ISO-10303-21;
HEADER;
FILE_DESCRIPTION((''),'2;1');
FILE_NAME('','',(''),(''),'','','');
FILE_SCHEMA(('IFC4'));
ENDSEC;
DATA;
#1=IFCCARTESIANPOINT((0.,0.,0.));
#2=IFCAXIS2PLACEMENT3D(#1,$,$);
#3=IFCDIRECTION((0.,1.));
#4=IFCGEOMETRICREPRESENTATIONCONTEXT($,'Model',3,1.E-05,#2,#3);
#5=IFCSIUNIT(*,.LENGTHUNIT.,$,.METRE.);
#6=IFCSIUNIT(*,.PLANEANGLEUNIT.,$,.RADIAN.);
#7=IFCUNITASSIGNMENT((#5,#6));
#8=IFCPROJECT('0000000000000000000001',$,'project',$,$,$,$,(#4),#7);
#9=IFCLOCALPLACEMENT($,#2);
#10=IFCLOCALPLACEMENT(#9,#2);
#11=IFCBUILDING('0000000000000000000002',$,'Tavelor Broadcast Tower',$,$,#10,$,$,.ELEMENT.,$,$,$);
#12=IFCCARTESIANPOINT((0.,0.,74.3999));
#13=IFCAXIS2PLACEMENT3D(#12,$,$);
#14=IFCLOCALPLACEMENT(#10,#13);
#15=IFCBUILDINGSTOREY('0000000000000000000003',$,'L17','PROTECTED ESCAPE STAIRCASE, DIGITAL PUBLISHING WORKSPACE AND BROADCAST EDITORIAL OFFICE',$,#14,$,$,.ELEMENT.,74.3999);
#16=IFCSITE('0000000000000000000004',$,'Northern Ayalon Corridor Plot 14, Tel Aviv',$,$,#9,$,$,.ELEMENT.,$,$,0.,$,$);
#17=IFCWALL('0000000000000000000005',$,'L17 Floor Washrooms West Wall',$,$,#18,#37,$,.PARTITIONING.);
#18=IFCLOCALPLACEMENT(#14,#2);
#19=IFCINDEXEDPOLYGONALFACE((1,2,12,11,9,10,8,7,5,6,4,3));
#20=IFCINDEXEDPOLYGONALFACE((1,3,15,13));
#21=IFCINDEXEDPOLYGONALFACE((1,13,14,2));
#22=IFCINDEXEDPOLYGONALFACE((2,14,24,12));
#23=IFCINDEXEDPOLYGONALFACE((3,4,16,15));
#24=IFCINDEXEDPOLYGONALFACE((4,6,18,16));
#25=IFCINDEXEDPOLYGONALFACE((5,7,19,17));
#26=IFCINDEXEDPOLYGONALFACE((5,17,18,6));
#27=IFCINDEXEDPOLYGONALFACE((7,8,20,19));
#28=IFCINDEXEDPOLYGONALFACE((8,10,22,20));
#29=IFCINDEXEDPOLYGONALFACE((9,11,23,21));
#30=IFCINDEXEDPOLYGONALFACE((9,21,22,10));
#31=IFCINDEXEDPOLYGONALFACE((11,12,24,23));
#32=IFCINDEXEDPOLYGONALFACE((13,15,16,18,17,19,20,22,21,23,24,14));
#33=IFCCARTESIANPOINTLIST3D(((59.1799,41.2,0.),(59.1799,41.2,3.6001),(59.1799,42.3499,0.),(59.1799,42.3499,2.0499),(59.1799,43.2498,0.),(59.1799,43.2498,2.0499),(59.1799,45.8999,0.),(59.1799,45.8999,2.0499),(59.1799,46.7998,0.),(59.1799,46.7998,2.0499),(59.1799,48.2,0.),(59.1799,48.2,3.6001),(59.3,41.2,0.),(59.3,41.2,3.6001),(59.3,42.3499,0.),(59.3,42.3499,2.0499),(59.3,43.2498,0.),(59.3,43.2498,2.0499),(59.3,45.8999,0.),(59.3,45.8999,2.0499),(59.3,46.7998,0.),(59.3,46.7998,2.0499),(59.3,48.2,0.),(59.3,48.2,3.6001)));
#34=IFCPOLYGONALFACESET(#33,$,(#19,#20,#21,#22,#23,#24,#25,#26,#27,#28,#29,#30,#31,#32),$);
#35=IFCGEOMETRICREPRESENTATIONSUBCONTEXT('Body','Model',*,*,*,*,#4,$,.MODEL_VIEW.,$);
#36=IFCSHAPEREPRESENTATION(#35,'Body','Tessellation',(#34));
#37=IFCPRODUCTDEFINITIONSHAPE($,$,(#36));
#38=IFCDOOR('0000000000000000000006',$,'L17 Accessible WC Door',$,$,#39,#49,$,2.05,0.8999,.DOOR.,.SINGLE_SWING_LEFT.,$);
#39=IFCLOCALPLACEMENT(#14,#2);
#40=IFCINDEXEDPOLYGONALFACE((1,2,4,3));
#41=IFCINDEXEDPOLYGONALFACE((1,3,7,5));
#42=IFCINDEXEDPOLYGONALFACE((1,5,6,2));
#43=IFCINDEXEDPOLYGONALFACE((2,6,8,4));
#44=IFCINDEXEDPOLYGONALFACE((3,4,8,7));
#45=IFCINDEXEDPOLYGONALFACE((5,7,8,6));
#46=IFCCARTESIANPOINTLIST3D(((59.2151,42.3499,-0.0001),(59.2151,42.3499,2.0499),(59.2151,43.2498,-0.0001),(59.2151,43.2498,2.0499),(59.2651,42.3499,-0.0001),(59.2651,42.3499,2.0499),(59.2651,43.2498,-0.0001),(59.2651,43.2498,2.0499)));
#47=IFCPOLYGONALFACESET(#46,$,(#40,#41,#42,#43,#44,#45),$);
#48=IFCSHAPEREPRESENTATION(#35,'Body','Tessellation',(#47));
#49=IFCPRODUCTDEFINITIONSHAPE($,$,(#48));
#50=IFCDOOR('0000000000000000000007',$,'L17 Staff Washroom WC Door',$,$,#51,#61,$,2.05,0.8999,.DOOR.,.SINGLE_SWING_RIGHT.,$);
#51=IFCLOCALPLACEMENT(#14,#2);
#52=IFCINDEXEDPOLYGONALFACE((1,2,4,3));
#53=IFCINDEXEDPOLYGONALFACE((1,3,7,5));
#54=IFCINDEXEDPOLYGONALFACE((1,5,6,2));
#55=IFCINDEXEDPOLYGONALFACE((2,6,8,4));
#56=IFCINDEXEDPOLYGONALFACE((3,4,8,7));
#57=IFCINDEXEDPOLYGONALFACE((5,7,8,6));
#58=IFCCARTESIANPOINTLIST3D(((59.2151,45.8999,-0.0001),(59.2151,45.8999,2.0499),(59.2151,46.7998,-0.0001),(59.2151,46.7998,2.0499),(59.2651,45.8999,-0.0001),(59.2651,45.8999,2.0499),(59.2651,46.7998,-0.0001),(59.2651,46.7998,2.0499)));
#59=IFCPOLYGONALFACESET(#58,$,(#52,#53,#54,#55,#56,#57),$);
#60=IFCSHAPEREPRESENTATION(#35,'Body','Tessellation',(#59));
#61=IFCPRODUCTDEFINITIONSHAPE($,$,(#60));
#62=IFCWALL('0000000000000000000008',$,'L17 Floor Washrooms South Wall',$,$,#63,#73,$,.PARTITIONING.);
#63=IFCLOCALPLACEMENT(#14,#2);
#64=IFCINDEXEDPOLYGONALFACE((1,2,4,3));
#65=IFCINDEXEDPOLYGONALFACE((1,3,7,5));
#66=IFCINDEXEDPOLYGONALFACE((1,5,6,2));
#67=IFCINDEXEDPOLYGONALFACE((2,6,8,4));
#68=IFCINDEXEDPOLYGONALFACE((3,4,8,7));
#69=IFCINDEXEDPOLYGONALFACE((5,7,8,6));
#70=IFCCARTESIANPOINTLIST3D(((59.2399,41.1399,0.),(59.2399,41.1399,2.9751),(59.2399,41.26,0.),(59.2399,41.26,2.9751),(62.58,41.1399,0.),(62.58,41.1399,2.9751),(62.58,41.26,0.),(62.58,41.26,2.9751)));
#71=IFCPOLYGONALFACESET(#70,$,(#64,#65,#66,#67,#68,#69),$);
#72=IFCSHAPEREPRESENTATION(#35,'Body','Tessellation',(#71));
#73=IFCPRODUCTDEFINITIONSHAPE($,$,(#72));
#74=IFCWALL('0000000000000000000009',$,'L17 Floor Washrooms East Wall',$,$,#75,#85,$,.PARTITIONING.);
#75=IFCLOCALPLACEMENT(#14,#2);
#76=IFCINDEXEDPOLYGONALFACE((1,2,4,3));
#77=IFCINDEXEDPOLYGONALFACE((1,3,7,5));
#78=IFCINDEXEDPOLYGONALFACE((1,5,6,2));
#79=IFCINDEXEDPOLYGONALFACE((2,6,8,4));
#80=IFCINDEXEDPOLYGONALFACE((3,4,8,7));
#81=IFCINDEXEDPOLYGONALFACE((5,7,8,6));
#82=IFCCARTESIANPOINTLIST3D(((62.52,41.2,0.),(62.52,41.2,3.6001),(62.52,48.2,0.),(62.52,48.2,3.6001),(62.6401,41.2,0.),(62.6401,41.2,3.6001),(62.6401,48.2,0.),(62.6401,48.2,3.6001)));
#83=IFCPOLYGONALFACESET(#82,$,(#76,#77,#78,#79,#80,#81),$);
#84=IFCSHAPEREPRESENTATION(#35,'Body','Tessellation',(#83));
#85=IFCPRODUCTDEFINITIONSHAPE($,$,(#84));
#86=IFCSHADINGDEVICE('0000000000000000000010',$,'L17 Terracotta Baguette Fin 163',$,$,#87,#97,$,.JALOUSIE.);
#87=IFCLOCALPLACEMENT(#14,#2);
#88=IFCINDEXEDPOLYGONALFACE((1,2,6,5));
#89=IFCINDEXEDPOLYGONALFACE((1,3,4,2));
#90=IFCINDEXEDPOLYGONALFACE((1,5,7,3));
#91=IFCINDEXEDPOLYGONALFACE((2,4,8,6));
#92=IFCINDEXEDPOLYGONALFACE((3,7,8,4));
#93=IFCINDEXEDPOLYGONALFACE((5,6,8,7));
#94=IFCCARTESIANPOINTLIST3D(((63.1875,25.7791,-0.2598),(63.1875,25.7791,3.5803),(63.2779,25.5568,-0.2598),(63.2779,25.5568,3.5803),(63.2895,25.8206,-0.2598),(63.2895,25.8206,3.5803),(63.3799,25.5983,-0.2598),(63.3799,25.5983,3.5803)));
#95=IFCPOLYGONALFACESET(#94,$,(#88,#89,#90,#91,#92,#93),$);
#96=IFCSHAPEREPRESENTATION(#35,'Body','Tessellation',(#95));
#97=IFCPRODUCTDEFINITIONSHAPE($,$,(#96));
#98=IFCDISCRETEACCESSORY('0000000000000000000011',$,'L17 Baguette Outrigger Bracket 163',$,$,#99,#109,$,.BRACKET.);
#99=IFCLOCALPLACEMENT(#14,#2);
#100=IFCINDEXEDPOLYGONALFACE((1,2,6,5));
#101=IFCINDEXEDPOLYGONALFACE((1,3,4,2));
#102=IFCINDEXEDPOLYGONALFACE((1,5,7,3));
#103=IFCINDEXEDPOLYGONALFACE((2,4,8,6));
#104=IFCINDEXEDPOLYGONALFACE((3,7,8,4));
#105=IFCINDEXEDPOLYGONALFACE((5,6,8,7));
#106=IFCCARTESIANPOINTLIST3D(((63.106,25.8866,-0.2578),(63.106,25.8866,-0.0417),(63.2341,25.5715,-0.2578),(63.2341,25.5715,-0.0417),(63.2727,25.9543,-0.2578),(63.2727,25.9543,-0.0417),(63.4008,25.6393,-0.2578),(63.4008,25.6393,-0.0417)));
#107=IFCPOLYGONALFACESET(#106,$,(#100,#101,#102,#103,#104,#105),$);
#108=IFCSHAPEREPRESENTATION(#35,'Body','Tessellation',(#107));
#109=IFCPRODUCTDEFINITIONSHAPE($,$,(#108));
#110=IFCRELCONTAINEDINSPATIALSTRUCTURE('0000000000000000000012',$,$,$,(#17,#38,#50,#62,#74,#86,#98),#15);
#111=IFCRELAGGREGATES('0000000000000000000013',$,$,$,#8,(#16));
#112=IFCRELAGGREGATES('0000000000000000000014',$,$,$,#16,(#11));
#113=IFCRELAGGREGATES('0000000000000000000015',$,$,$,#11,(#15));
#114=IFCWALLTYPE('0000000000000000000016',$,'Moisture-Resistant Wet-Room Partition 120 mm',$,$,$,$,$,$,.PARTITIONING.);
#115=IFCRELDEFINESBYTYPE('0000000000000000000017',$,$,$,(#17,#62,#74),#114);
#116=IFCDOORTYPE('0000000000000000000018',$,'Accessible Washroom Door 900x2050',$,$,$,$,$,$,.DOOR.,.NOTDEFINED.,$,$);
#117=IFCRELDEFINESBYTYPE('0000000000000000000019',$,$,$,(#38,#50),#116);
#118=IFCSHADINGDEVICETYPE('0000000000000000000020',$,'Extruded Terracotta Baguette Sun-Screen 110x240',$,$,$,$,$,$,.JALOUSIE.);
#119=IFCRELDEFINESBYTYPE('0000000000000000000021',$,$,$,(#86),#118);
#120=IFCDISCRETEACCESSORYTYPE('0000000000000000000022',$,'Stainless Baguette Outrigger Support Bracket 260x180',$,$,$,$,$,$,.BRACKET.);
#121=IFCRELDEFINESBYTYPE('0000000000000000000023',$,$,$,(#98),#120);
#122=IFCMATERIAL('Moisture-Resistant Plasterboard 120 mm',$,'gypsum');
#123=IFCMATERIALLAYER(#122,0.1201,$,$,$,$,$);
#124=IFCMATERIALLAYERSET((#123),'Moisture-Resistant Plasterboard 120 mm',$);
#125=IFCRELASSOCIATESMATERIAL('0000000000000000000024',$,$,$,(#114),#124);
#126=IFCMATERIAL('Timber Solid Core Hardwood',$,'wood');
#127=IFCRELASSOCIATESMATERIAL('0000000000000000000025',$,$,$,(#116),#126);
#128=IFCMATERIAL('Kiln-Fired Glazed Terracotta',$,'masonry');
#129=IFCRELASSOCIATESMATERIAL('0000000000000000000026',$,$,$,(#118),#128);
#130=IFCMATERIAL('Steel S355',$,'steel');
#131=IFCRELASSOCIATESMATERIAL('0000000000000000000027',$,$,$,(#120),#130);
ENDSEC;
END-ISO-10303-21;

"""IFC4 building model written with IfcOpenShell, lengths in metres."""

from ifc_helpers import new_model, si_unit, direction, frame, frame_2d, origin, origin_2d, place, context, subcontext, project, spatial, rectangle, extrude, source, transform, mapped, material, layer, layer_set, type_object, type_shapes, element, fill, save


model = new_model("IFC4")

# Units and contexts
model_context = context("Model", 3, precision=1e-05, world=origin(), true_north=direction((0.0, 1.0)))
body_context = subcontext(model_context, "Body", "Model", "MODEL_VIEW")
ifc_project = project(units=[si_unit("LENGTHUNIT", "METRE"), si_unit("PLANEANGLEUNIT", "RADIAN")], contexts=[model_context])

# Site, building, storey
site_placement = place(None, origin())
site = spatial("IfcSite", under=ifc_project, at=site_placement, Name="Northern Ayalon Corridor Plot 14, Tel Aviv", CompositionType="ELEMENT", RefElevation=0.0)
building_placement = place(site_placement, origin())
building = spatial("IfcBuilding", under=site, at=building_placement, Name="Tavelor Broadcast Tower", CompositionType="ELEMENT")
storey_placement = place(building_placement, frame((0.0, 0.0, 74.3999)))
storey = spatial("IfcBuildingStorey", under=building, at=storey_placement, Name="L17", Description="PROTECTED ESCAPE STAIRCASE, DIGITAL PUBLISHING WORKSPACE AND BROADCAST EDITORIAL OFFICE", CompositionType="ELEMENT", Elevation=74.3999)

# Shared definitions
ifc_material_1 = material(Name="Steel S355", Category="steel")

# Shared definitions
ifc_material_2 = material(Name="Timber Solid Core Hardwood", Category="wood")

# Wall, openings, doors
ifc_material_3 = material(Name="Moisture-Resistant Plasterboard 120 mm", Category="gypsum")
ifc_layer_1 = layer(ifc_material_3, 0.1201)
ifc_layer_set_1 = layer_set([ifc_layer_1], Name="Moisture-Resistant Plasterboard 120 mm")
wall_type_1 = type_object("IfcWallType", Name="Moisture-Resistant Wet-Room Partition 120 mm", PredefinedType="PARTITIONING", material=ifc_layer_set_1)
wall_1_placement = place(storey_placement, frame((59.24, 41.2, 0.0), z_axis=(0.0, 0.0, 1.0), x_axis=(0.0, 1.0, 0.0)))
wall_1 = element("IfcWall", 1, at=wall_1_placement, inside=storey, type_object=wall_type_1, Name="L17 Floor Washrooms West Wall", PredefinedType="PARTITIONING", context=body_context, shape_type="SweptSolid", body=[
    extrude(rectangle(XDim=7.0, YDim=0.1201, at=frame_2d((3.5, 0.0))), origin(), (0.0, 0.0, 1.0), 3.6001),
])
opening_1_placement = place(wall_1_placement, frame((1.1499, 0.0, 0.0)))
opening_1 = element("IfcOpeningElement", 2, at=opening_1_placement, cuts=wall_1, PredefinedType="OPENING", context=body_context, shape_type="SweptSolid", body=[
    extrude(rectangle(XDim=0.8999, YDim=2.05, at=frame_2d((0.45, 1.0249))), frame((0.0, 0.0701, 0.0), z_axis=(0.0, -1.0, 0.0), x_axis=(1.0, 0.0, 0.0)), (0.0, 0.0, 1.0), 0.1401),
])
opening_2_placement = place(wall_1_placement, frame((4.7, 0.0, 0.0)))
opening_2 = element("IfcOpeningElement", 3, at=opening_2_placement, cuts=wall_1, PredefinedType="OPENING", context=body_context, shape_type="SweptSolid", body=[
    extrude(rectangle(XDim=0.8999, YDim=2.05, at=frame_2d((0.45, 1.0249))), frame((0.0, 0.0701, 0.0), z_axis=(0.0, -1.0, 0.0), x_axis=(1.0, 0.0, 0.0)), (0.0, 0.0, 1.0), 0.1401),
])
door_type_1 = type_object("IfcDoorType", Name="Accessible Washroom Door 900x2050", OperationType="NOTDEFINED", PredefinedType="DOOR", material=ifc_material_2)
door_1_placement = place(opening_1_placement, origin())
door_1 = element("IfcDoor", 4, at=door_1_placement, inside=storey, type_object=door_type_1, Name="L17 Accessible WC Door", OperationType="SINGLE_SWING_LEFT", OverallHeight=2.05, OverallWidth=0.8999, PredefinedType="DOOR", context=body_context, shape_type="SweptSolid", body=[
    extrude(rectangle(XDim=0.8999, YDim=2.05, at=frame_2d((0.45, 1.0249))), frame((0.0, 0.0249, 0.0), z_axis=(0.0, -1.0, 0.0), x_axis=(1.0, 0.0, 0.0)), (0.0, 0.0, 1.0), 0.05),
])
fill(opening_1, door_1)
door_2_placement = place(opening_2_placement, origin())
door_2 = element("IfcDoor", 5, at=door_2_placement, inside=storey, type_object=door_type_1, Name="L17 Staff Washroom WC Door", OperationType="SINGLE_SWING_RIGHT", OverallHeight=2.05, OverallWidth=0.8999, PredefinedType="DOOR", context=body_context, shape_type="SweptSolid", body=[
    extrude(rectangle(XDim=0.8999, YDim=2.05, at=frame_2d((0.45, 1.0249))), frame((0.0, 0.0249, 0.0), z_axis=(0.0, -1.0, 0.0), x_axis=(1.0, 0.0, 0.0)), (0.0, 0.0, 1.0), 0.05),
])
fill(opening_2, door_2)

# Walls
wall_2_placement = place(storey_placement, frame((59.24, 41.2, 0.0), z_axis=(0.0, 0.0, 1.0), x_axis=(1.0, 0.0, 0.0)))
element("IfcWall", 6, at=wall_2_placement, inside=storey, type_object=wall_type_1, Name="L17 Floor Washrooms South Wall", PredefinedType="PARTITIONING", context=body_context, shape_type="SweptSolid", body=[
    extrude(rectangle(XDim=3.3401, YDim=0.1201, at=frame_2d((1.6699, 0.0))), origin(), (0.0, 0.0, 1.0), 2.9751),
])
wall_3_placement = place(storey_placement, frame((62.5801, 41.2, 0.0), z_axis=(0.0, 0.0, 1.0), x_axis=(0.0, 1.0, 0.0)))
element("IfcWall", 7, at=wall_3_placement, inside=storey, type_object=wall_type_1, Name="L17 Floor Washrooms East Wall", PredefinedType="PARTITIONING", context=body_context, shape_type="SweptSolid", body=[
    extrude(rectangle(XDim=7.0, YDim=0.1201, at=frame_2d((3.5, 0.0))), origin(), (0.0, 0.0, 1.0), 3.6001),
])

# Shading device
ifc_material_4 = material(Name="Kiln-Fired Glazed Terracotta", Category="masonry")
shading_device_type = type_object("IfcShadingDeviceType", Name="Extruded Terracotta Baguette Sun-Screen 110x240", PredefinedType="JALOUSIE", material=ifc_material_4)
shared_shape_1 = source(origin(), body_context, "Body", "SweptSolid", [
    extrude(rectangle(XDim=0.1101, YDim=0.24, at=origin_2d()), origin(), (0.0, 0.0, 1.0), 3.8401),
])
type_shapes(shading_device_type, [shared_shape_1])
shading_device_placement = place(storey_placement, frame((63.2837, 25.6887, -0.2598), z_axis=(0.0, 0.0, 1.0), x_axis=(0.926332, 0.376709, 0.0)))
element("IfcShadingDevice", 8, at=shading_device_placement, inside=storey, type_object=shading_device_type, Name="L17 Terracotta Baguette Fin 163", PredefinedType="JALOUSIE", context=body_context, shape_type="MappedRepresentation", body=[
    mapped(shared_shape_1, transform((0.0, 0.0, 0.0), scale=1.0)),
])

# Discrete accessory
discrete_accessory_type = type_object("IfcDiscreteAccessoryType", Name="Stainless Baguette Outrigger Support Bracket 260x180", PredefinedType="BRACKET", material=ifc_material_1)
shared_shape_2 = source(origin(), body_context, "Body", "SweptSolid", [
    extrude(rectangle(XDim=0.1799, YDim=0.3401, at=origin_2d()), origin(), (0.0, 0.0, 1.0), 0.2161),
])
type_shapes(discrete_accessory_type, [shared_shape_2])
discrete_accessory_placement = place(storey_placement, frame((63.2534, 25.7629, -0.2578), z_axis=(0.0, 0.0, 1.0), x_axis=(0.926332, 0.376709, 0.0)))
element("IfcDiscreteAccessory", 9, at=discrete_accessory_placement, inside=storey, type_object=discrete_accessory_type, Name="L17 Baguette Outrigger Bracket 163", PredefinedType="BRACKET", context=body_context, shape_type="MappedRepresentation", body=[
    mapped(shared_shape_2, transform((0.0, 0.0, 0.0), scale=1.0)),
])

save(model, "model.ifc")
